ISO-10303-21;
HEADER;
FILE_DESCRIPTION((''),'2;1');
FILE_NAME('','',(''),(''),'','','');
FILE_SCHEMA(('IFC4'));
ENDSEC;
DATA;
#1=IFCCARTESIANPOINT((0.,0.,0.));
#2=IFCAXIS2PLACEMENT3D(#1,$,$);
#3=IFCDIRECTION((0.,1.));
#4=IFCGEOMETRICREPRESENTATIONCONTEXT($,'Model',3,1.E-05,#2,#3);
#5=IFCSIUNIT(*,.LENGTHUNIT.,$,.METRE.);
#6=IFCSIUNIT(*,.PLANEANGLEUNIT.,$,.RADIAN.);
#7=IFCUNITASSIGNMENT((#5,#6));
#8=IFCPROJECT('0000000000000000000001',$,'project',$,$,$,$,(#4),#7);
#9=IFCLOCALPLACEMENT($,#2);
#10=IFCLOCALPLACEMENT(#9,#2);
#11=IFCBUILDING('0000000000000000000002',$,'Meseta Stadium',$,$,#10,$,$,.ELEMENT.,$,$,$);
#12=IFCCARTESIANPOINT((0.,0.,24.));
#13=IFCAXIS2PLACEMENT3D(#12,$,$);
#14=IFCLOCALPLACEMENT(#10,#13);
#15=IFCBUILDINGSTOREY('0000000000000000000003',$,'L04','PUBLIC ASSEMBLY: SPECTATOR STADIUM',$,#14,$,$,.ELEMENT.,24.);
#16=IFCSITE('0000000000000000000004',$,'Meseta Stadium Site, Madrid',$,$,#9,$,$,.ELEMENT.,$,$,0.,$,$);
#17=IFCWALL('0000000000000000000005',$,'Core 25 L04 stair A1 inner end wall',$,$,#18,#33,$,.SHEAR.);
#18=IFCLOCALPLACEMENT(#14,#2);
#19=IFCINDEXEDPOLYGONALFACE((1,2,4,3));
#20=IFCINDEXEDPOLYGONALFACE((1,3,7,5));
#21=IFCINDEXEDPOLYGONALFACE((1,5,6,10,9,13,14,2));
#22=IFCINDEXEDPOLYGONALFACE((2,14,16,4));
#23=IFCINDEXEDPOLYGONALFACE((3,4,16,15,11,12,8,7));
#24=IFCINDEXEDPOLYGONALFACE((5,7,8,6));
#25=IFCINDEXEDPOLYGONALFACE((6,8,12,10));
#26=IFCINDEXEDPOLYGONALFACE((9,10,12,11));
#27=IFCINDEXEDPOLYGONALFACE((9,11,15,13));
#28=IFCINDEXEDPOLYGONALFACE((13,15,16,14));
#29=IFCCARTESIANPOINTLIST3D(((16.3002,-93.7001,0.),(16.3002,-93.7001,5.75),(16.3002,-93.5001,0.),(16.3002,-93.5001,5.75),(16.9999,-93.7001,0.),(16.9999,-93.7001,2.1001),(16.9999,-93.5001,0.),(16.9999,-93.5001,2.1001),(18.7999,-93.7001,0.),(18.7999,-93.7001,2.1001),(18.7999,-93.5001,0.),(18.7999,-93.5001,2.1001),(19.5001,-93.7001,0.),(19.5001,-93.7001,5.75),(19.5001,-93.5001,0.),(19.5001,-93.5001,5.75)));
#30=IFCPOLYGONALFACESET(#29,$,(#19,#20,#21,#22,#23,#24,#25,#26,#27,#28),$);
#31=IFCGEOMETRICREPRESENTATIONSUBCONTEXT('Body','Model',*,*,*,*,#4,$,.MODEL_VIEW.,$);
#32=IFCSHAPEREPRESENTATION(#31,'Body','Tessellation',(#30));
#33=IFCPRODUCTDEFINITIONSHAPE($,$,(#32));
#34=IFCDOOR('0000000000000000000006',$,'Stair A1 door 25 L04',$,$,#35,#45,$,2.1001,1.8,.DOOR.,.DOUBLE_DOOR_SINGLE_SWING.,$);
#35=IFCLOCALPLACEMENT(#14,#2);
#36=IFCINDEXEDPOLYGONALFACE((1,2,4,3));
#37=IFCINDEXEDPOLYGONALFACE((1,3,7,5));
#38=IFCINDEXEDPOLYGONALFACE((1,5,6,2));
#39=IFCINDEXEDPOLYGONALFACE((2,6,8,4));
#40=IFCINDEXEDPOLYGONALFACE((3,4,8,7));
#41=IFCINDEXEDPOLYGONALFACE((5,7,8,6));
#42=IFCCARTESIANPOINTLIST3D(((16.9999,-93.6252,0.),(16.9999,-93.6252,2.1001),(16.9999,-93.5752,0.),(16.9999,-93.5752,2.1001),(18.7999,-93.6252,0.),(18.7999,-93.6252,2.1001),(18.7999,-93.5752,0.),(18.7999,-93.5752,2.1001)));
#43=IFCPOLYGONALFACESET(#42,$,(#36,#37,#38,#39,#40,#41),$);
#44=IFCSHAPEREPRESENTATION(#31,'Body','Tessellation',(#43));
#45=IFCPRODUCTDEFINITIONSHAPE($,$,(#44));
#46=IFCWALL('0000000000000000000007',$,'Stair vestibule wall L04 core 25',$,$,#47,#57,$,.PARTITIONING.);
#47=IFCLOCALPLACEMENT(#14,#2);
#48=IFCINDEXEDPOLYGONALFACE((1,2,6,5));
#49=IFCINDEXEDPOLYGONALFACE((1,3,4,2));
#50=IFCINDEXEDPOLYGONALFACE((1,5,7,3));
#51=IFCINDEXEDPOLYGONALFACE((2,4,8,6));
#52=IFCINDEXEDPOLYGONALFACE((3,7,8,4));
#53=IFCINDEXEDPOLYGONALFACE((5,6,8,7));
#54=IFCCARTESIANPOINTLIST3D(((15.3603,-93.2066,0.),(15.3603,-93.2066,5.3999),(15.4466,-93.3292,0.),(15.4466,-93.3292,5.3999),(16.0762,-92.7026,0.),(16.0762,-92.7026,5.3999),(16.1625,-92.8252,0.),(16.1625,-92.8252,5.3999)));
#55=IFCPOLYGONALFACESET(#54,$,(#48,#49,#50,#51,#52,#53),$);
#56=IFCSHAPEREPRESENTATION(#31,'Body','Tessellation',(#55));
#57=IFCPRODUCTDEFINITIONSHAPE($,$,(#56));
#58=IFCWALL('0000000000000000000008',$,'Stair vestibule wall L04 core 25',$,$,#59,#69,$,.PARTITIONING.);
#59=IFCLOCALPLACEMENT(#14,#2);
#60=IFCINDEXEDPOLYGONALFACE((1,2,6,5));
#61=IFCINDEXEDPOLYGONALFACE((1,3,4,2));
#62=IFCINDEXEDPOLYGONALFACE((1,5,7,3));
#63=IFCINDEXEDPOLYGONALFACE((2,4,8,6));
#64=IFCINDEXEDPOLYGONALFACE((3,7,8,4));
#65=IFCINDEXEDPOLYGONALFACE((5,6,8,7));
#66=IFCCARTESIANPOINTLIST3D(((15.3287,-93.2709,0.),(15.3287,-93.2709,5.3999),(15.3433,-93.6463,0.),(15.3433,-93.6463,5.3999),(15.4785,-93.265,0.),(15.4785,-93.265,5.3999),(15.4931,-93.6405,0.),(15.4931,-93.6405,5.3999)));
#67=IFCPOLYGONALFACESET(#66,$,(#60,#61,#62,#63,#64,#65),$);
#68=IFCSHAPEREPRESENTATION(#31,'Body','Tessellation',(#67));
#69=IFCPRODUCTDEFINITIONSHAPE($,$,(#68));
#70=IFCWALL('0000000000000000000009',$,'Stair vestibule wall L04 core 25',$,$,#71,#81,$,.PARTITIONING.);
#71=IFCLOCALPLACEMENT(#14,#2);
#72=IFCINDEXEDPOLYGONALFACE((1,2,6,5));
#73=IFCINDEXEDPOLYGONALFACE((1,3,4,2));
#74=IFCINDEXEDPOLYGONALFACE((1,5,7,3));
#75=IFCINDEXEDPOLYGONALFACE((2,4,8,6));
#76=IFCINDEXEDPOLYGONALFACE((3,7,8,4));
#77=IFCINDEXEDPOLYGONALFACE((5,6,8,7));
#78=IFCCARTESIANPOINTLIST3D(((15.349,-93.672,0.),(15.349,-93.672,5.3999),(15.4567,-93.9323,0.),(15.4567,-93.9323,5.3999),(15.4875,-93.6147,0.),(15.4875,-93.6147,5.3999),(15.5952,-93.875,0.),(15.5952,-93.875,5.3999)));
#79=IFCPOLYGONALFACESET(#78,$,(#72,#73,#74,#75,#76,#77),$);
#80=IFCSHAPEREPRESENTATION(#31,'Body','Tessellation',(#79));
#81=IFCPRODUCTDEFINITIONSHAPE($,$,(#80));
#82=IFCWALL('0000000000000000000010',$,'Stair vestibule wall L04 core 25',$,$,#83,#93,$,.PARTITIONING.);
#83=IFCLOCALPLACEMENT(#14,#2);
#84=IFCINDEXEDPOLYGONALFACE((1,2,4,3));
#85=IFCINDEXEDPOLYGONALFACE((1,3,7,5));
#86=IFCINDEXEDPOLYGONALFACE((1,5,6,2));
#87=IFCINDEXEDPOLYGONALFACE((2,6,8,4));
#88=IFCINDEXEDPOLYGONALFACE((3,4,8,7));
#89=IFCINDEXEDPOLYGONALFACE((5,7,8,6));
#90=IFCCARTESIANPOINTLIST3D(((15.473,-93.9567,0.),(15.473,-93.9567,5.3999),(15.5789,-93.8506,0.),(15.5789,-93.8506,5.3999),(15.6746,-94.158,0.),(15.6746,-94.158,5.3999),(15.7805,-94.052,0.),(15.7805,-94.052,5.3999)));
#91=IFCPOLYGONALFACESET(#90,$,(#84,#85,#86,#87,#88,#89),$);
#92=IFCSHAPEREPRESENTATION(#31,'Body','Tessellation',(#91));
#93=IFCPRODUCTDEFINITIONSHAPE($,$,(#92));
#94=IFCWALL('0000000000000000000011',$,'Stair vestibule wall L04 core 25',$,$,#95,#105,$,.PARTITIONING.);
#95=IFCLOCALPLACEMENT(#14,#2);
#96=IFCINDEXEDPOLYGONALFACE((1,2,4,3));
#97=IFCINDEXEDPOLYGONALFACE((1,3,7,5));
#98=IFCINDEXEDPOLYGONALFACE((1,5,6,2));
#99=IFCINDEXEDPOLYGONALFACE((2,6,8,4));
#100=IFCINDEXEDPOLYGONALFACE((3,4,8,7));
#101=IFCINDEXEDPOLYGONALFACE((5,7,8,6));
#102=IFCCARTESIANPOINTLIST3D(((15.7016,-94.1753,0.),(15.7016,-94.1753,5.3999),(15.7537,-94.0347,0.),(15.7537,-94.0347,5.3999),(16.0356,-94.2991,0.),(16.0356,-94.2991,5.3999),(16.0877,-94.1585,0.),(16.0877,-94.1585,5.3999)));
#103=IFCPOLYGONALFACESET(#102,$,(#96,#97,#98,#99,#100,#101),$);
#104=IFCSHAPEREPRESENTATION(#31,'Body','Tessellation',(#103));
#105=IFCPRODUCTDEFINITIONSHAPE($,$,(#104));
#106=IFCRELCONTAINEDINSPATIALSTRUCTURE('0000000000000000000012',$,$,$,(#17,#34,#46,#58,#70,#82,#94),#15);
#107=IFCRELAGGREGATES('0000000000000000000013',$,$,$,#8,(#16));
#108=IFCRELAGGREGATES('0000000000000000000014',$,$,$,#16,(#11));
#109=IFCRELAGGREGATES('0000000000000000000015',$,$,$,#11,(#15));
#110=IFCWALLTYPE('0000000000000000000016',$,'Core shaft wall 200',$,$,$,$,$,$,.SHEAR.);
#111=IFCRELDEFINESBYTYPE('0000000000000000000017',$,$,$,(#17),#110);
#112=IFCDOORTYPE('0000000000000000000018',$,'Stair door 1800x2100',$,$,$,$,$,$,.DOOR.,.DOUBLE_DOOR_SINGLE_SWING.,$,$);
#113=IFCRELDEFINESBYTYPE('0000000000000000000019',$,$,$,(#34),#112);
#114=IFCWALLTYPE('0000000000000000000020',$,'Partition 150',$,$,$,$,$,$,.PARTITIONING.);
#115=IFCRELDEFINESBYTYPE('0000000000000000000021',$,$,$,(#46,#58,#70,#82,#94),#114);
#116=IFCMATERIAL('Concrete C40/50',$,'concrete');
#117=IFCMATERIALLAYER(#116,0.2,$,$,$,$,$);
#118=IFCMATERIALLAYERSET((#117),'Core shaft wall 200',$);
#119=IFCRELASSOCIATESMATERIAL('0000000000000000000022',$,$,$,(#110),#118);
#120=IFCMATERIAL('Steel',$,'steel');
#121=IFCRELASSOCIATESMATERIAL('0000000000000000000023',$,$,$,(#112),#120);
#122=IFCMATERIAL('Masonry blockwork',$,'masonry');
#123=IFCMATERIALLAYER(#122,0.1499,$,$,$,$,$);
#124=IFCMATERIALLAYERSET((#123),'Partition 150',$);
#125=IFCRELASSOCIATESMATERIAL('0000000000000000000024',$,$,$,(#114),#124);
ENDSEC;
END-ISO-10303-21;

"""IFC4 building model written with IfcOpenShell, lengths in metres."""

from ifc_helpers import new_model, si_unit, direction, frame, frame_2d, origin, place, context, subcontext, project, spatial, rectangle, extrude, material, layer, layer_set, type_object, element, fill, save


model = new_model("IFC4")

# Units and contexts
model_context = context("Model", 3, precision=1e-05, world=origin(), true_north=direction((0.0, 1.0)))
body_context = subcontext(model_context, "Body", "Model", "MODEL_VIEW")
ifc_project = project(units=[si_unit("LENGTHUNIT", "METRE"), si_unit("PLANEANGLEUNIT", "RADIAN")], contexts=[model_context])

# Site, building, storey
site_placement = place(None, origin())
site = spatial("IfcSite", under=ifc_project, at=site_placement, Name="Meseta Stadium Site, Madrid", CompositionType="ELEMENT", RefElevation=0.0)
building_placement = place(site_placement, origin())
building = spatial("IfcBuilding", under=site, at=building_placement, Name="Meseta Stadium", CompositionType="ELEMENT")
storey_placement = place(building_placement, frame((0.0, 0.0, 24.0)))
storey = spatial("IfcBuildingStorey", under=building, at=storey_placement, Name="L04", Description="PUBLIC ASSEMBLY: SPECTATOR STADIUM", CompositionType="ELEMENT", Elevation=24.0)

# Wall, opening, door
ifc_material_1 = material(Name="Concrete C40/50", Category="concrete")
ifc_layer_1 = layer(ifc_material_1, 0.2)
ifc_layer_set_1 = layer_set([ifc_layer_1], Name="Core shaft wall 200")
wall_type_1 = type_object("IfcWallType", Name="Core shaft wall 200", PredefinedType="SHEAR", material=ifc_layer_set_1)
wall_1_placement = place(storey_placement, frame((16.3, -93.6001, 0.0), z_axis=(0.0, 0.0, 1.0), x_axis=(1.0, 0.0, 0.0)))
wall_1 = element("IfcWall", 1, at=wall_1_placement, inside=storey, type_object=wall_type_1, Name="Core 25 L04 stair A1 inner end wall", PredefinedType="SHEAR", context=body_context, shape_type="SweptSolid", body=[
    extrude(rectangle(XDim=3.2, YDim=0.2, at=frame_2d((1.6001, 0.0))), origin(), (0.0, 0.0, 1.0), 5.75),
])
opening_placement = place(wall_1_placement, frame((0.7, 0.0, 0.0)))
opening = element("IfcOpeningElement", 2, at=opening_placement, cuts=wall_1, PredefinedType="OPENING", context=body_context, shape_type="SweptSolid", body=[
    extrude(rectangle(XDim=1.8, YDim=2.1001, at=frame_2d((0.8999, 1.05))), frame((0.0, 0.1099, 0.0), z_axis=(0.0, -1.0, 0.0), x_axis=(1.0, 0.0, 0.0)), (0.0, 0.0, 1.0), 0.22),
])
ifc_material_2 = material(Name="Steel", Category="steel")
door_type = type_object("IfcDoorType", Name="Stair door 1800x2100", OperationType="DOUBLE_DOOR_SINGLE_SWING", PredefinedType="DOOR", material=ifc_material_2)
door_placement = place(opening_placement, origin())
door = element("IfcDoor", 3, at=door_placement, inside=storey, type_object=door_type, Name="Stair A1 door 25 L04", OperationType="DOUBLE_DOOR_SINGLE_SWING", OverallHeight=2.1001, OverallWidth=1.8, PredefinedType="DOOR", context=body_context, shape_type="SweptSolid", body=[
    extrude(rectangle(XDim=1.8, YDim=2.1001, at=frame_2d((0.8999, 1.05))), frame((0.0, 0.0249, 0.0), z_axis=(0.0, -1.0, 0.0), x_axis=(1.0, 0.0, 0.0)), (0.0, 0.0, 1.0), 0.05),
])
fill(opening, door)

# Walls
ifc_material_3 = material(Name="Masonry blockwork", Category="masonry")
ifc_layer_2 = layer(ifc_material_3, 0.1499)
ifc_layer_set_2 = layer_set([ifc_layer_2], Name="Partition 150")
wall_type_2 = type_object("IfcWallType", Name="Partition 150", PredefinedType="PARTITIONING", material=ifc_layer_set_2)
wall_2_placement = place(storey_placement, frame((16.1194, -92.7639, 0.0), z_axis=(0.0, 0.0, 1.0), x_axis=(-0.817709, -0.575632, 0.0)))
element("IfcWall", 4, at=wall_2_placement, inside=storey, type_object=wall_type_2, Name="Stair vestibule wall L04 core 25", PredefinedType="PARTITIONING", context=body_context, shape_type="SweptSolid", body=[
    extrude(rectangle(XDim=0.8755, YDim=0.1499, at=frame_2d((0.4377, 0.0))), origin(), (0.0, 0.0, 1.0), 5.3999),
])
wall_3_placement = place(storey_placement, frame((15.4036, -93.2678, 0.0), z_axis=(0.0, 0.0, 1.0), x_axis=(0.038982, -0.99924, 0.0)))
element("IfcWall", 5, at=wall_3_placement, inside=storey, type_object=wall_type_2, Name="Stair vestibule wall L04 core 25", PredefinedType="PARTITIONING", context=body_context, shape_type="SweptSolid", body=[
    extrude(rectangle(XDim=0.3757, YDim=0.1499, at=frame_2d((0.188, 0.0))), origin(), (0.0, 0.0, 1.0), 5.3999),
])
wall_4_placement = place(storey_placement, frame((15.4182, -93.6433, 0.0), z_axis=(0.0, 0.0, 1.0), x_axis=(0.382275, -0.924049, 0.0)))
element("IfcWall", 6, at=wall_4_placement, inside=storey, type_object=wall_type_2, Name="Stair vestibule wall L04 core 25", PredefinedType="PARTITIONING", context=body_context, shape_type="SweptSolid", body=[
    extrude(rectangle(XDim=0.2817, YDim=0.1499, at=frame_2d((0.1409, 0.0))), origin(), (0.0, 0.0, 1.0), 5.3999),
])
wall_5_placement = place(storey_placement, frame((15.5259, -93.9036, 0.0), z_axis=(0.0, 0.0, 1.0), x_axis=(0.707535, -0.706678, 0.0)))
element("IfcWall", 7, at=wall_5_placement, inside=storey, type_object=wall_type_2, Name="Stair vestibule wall L04 core 25", PredefinedType="PARTITIONING", context=body_context, shape_type="SweptSolid", body=[
    extrude(rectangle(XDim=0.2849, YDim=0.1499, at=frame_2d((0.1426, 0.0))), origin(), (0.0, 0.0, 1.0), 5.3999),
])
wall_6_placement = place(storey_placement, frame((15.7275, -94.105, 0.0), z_axis=(0.0, 0.0, 1.0), x_axis=(0.937674, -0.347515, 0.0)))
element("IfcWall", 8, at=wall_6_placement, inside=storey, type_object=wall_type_2, Name="Stair vestibule wall L04 core 25", PredefinedType="PARTITIONING", context=body_context, shape_type="SweptSolid", body=[
    extrude(rectangle(XDim=0.3562, YDim=0.1499, at=frame_2d((0.1782, 0.0))), origin(), (0.0, 0.0, 1.0), 5.3999),
])

save(model, "model.ifc")
